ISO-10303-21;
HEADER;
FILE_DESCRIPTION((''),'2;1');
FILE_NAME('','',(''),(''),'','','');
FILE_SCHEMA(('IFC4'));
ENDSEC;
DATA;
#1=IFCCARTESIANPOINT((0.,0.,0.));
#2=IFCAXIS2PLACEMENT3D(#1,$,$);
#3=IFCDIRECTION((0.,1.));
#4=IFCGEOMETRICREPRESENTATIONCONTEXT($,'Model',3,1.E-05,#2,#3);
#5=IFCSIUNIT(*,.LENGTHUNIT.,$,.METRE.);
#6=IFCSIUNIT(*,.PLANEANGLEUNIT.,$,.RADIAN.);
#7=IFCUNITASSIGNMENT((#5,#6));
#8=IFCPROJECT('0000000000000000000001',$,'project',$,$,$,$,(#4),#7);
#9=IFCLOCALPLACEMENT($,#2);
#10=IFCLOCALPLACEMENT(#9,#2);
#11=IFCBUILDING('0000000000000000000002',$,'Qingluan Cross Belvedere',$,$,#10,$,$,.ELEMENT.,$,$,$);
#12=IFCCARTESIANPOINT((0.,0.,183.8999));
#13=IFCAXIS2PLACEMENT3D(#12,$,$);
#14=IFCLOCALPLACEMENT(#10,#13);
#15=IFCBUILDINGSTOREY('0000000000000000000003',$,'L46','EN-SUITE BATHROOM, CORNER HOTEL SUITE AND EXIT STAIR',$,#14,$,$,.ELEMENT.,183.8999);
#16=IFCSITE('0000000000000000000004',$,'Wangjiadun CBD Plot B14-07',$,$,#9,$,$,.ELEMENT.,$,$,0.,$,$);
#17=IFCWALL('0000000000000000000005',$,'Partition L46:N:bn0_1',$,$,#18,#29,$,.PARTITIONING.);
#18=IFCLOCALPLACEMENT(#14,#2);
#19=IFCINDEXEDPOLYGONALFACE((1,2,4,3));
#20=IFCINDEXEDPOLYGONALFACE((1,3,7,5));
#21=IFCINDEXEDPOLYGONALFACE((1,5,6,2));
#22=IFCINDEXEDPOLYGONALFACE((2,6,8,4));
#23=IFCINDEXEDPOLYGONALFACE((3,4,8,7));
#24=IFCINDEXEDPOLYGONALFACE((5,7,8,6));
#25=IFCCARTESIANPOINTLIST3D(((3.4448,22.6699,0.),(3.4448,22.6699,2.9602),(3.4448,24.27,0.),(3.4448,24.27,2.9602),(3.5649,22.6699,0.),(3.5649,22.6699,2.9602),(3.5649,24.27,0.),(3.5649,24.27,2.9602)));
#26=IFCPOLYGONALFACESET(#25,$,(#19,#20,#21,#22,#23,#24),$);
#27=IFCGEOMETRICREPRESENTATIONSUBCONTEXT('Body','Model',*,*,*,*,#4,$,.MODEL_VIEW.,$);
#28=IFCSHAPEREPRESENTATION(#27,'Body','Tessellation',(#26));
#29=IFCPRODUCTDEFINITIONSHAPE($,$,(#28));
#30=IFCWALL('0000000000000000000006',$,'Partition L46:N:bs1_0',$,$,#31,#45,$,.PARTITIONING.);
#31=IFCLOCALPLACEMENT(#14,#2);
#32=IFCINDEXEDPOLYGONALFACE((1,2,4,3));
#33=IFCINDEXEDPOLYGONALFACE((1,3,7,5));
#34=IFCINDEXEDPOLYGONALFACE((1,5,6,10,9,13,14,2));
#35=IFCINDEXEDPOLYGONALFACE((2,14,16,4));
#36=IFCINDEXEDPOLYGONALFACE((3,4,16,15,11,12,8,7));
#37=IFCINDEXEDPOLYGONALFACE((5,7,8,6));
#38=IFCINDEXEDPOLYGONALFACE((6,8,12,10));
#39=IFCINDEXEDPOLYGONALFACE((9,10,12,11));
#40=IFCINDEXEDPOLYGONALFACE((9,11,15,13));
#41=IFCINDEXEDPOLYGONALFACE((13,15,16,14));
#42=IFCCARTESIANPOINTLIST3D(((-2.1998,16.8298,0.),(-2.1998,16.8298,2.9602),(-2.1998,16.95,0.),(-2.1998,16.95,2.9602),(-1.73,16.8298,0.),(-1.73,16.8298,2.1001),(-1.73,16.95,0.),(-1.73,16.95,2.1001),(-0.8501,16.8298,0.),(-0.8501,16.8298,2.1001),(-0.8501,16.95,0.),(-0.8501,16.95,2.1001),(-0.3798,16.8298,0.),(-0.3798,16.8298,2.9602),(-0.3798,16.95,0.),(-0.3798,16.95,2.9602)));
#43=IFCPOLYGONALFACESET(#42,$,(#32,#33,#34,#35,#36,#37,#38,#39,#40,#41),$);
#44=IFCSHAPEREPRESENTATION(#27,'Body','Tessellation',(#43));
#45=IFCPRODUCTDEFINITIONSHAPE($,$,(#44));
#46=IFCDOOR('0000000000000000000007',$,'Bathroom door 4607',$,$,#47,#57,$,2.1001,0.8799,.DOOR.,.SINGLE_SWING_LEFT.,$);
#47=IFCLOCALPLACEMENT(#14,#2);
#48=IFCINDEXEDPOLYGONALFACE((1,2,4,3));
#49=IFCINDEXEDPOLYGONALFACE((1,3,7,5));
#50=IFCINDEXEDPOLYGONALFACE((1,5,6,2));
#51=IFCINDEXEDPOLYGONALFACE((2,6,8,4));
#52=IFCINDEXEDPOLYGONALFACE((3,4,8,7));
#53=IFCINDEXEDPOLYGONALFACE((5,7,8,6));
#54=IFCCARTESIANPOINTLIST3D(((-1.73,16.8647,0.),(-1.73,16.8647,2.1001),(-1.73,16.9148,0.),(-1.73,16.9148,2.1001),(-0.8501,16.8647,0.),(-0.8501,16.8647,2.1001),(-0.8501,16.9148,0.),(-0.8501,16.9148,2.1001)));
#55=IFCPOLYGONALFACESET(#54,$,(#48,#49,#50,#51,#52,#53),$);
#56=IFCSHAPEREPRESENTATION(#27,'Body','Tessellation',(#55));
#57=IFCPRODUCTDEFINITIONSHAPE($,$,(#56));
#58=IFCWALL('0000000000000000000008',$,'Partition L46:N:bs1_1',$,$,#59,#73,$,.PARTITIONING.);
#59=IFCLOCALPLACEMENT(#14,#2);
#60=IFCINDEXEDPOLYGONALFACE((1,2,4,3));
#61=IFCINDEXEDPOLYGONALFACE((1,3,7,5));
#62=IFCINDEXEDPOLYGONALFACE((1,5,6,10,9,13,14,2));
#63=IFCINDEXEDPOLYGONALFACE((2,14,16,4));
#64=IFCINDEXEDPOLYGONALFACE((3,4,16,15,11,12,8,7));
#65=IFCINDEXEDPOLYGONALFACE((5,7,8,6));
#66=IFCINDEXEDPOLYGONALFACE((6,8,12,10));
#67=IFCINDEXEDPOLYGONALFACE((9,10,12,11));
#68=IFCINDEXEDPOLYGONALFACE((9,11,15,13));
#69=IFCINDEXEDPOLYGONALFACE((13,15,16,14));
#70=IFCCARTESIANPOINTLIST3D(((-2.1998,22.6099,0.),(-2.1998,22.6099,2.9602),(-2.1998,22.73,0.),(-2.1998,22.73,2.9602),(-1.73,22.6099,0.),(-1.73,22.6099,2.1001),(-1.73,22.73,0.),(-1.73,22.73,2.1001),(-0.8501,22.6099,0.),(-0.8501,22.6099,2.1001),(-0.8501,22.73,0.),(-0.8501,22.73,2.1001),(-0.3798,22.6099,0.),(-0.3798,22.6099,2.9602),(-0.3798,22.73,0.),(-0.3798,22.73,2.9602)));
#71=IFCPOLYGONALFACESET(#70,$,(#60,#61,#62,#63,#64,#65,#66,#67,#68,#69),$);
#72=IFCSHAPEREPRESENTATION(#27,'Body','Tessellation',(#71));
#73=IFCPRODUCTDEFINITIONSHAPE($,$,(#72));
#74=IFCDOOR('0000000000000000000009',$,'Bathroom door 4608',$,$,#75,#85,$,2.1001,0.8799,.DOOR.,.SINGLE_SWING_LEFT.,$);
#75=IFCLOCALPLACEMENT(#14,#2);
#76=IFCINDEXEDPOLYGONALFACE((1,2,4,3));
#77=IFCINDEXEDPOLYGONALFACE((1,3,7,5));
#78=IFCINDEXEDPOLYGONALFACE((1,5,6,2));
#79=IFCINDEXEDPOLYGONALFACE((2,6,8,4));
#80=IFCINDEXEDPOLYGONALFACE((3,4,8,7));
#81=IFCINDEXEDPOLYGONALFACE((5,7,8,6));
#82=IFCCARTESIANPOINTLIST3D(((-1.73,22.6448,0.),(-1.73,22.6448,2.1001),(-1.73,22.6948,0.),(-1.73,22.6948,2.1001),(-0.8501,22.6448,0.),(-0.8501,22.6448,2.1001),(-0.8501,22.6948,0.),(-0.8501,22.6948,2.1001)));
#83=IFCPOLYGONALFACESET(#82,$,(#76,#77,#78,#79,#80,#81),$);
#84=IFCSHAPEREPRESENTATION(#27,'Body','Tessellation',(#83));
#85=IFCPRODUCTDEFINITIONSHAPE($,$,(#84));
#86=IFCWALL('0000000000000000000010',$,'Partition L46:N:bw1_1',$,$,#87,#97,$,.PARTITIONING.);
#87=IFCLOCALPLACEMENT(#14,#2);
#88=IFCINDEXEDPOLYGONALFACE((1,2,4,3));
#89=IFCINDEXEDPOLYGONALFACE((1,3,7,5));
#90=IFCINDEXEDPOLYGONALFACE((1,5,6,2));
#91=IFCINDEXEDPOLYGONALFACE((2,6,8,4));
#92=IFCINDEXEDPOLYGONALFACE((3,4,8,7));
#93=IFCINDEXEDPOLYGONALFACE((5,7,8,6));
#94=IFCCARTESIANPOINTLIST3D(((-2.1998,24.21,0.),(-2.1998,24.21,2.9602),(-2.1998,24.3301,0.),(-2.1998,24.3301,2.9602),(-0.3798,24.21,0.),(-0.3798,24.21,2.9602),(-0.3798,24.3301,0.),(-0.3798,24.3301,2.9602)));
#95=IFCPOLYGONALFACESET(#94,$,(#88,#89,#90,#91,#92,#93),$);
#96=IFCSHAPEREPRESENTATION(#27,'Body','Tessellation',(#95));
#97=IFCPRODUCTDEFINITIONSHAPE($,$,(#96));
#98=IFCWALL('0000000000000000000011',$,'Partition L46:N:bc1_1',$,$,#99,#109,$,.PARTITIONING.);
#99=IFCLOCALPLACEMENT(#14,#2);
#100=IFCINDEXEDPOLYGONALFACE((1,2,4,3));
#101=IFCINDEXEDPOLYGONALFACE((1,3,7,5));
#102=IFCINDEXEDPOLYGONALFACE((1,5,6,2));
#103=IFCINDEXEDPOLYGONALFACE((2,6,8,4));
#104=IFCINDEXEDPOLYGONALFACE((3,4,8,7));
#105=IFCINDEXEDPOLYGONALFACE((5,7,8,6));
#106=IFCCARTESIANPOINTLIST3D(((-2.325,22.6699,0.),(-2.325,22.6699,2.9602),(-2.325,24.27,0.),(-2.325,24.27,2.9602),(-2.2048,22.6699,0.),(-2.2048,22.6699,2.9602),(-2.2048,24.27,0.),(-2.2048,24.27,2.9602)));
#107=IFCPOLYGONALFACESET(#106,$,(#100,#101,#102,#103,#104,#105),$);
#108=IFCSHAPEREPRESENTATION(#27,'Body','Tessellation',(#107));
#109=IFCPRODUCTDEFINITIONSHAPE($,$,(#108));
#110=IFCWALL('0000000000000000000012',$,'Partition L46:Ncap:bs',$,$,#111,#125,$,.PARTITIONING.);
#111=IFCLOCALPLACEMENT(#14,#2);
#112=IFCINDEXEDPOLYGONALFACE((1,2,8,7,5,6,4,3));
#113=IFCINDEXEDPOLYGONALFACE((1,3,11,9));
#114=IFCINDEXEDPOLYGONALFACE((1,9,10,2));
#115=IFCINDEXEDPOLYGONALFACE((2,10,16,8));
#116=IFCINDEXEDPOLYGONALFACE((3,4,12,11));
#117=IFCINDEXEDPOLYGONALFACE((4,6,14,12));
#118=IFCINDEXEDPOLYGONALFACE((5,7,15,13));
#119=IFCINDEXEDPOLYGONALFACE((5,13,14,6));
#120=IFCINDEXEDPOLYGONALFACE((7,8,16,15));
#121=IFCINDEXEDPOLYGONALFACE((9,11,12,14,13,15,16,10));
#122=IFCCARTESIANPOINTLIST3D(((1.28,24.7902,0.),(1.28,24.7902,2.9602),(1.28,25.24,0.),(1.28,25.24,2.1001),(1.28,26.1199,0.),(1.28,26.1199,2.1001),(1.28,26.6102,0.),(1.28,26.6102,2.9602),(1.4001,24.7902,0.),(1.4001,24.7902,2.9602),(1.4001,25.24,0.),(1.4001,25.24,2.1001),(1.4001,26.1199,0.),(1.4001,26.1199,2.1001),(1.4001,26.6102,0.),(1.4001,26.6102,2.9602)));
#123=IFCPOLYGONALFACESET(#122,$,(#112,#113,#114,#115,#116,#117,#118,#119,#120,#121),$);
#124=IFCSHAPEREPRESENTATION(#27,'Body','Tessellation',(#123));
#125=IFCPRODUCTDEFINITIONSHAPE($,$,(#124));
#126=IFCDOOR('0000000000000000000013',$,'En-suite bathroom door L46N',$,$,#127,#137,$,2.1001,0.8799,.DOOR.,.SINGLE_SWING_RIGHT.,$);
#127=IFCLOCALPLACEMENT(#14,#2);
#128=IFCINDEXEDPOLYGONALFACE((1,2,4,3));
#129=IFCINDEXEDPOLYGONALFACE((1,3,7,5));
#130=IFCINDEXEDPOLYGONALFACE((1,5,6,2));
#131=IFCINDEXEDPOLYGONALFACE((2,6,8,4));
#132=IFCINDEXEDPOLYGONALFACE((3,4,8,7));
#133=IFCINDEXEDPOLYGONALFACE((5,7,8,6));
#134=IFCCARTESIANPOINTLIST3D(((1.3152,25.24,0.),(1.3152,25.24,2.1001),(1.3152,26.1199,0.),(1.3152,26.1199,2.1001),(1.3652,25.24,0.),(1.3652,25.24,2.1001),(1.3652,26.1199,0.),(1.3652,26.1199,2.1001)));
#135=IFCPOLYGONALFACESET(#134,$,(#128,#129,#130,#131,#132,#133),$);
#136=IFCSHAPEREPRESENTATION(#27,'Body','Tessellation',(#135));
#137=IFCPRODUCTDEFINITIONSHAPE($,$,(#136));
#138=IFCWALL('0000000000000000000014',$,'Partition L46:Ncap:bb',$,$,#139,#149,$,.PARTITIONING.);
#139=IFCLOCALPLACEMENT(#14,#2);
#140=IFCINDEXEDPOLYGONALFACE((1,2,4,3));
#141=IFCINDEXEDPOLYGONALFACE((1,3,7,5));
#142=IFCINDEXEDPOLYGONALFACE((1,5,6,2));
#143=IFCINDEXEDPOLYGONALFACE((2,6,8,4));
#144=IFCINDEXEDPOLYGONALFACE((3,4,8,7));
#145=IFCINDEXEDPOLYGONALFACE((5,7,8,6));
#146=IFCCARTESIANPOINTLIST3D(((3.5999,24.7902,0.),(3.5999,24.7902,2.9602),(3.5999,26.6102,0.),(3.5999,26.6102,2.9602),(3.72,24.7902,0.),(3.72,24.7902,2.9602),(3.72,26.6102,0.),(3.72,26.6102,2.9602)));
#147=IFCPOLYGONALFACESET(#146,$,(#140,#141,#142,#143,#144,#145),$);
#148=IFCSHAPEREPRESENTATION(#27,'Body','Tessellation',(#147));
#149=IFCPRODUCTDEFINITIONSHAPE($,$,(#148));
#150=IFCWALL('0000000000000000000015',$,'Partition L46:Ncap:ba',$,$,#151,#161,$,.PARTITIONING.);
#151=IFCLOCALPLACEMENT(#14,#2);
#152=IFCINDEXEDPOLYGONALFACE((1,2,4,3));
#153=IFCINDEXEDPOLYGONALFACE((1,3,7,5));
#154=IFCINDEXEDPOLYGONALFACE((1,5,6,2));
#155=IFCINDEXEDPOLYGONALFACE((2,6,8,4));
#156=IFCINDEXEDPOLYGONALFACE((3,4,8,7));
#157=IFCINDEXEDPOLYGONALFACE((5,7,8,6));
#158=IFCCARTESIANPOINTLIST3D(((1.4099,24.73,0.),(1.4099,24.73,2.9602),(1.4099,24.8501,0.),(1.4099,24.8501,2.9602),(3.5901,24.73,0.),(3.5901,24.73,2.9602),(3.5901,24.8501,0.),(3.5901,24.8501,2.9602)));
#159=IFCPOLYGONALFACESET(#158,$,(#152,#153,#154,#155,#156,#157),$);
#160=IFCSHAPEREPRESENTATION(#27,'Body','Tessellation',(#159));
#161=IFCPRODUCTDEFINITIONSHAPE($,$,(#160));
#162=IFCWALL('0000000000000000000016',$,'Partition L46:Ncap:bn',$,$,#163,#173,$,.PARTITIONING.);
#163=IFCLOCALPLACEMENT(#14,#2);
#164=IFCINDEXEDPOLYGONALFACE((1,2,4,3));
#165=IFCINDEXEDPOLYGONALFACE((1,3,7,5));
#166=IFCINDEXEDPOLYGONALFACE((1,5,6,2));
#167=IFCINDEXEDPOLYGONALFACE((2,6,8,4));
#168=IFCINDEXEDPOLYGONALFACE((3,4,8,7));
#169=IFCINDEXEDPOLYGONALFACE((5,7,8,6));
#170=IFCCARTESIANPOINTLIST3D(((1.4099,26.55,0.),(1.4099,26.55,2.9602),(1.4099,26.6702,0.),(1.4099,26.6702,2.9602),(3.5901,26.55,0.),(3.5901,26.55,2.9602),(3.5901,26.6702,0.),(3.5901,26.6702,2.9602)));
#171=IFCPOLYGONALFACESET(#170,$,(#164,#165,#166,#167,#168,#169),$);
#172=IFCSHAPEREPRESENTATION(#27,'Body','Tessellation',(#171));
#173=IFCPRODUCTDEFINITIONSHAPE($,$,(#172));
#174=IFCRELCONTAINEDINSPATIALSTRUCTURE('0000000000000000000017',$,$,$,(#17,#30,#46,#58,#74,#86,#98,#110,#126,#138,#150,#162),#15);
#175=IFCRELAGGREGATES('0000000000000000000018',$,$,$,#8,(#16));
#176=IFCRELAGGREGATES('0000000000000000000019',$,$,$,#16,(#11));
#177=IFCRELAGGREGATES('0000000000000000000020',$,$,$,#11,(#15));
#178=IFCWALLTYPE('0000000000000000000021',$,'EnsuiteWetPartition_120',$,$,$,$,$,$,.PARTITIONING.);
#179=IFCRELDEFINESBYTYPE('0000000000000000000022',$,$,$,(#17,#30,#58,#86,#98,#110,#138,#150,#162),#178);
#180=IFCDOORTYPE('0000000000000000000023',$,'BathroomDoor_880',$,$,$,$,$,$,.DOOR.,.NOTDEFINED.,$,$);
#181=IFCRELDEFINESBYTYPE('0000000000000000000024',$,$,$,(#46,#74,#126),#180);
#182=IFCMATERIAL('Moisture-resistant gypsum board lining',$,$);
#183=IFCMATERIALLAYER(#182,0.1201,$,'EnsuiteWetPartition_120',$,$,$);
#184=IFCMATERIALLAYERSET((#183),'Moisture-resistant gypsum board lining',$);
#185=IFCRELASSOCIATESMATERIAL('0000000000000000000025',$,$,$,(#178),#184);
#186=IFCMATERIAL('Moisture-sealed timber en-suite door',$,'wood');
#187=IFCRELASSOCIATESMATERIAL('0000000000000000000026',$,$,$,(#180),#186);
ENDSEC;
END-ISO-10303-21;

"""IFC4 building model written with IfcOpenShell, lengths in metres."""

from ifc_helpers import new_model, si_unit, direction, frame, frame_2d, origin, place, context, subcontext, project, spatial, rectangle, extrude, material, layer, layer_set, type_object, element, fill, save


model = new_model("IFC4")

# Units and contexts
model_context = context("Model", 3, precision=1e-05, world=origin(), true_north=direction((0.0, 1.0)))
body_context = subcontext(model_context, "Body", "Model", "MODEL_VIEW")
ifc_project = project(units=[si_unit("LENGTHUNIT", "METRE"), si_unit("PLANEANGLEUNIT", "RADIAN")], contexts=[model_context])

# Site, building, storey
site_placement = place(None, origin())
site = spatial("IfcSite", under=ifc_project, at=site_placement, Name="Wangjiadun CBD Plot B14-07", CompositionType="ELEMENT", RefElevation=0.0)
building_placement = place(site_placement, origin())
building = spatial("IfcBuilding", under=site, at=building_placement, Name="Qingluan Cross Belvedere", CompositionType="ELEMENT")
storey_placement = place(building_placement, frame((0.0, 0.0, 183.8999)))
storey = spatial("IfcBuildingStorey", under=building, at=storey_placement, Name="L46", Description="EN-SUITE BATHROOM, CORNER HOTEL SUITE AND EXIT STAIR", CompositionType="ELEMENT", Elevation=183.8999)

# Shared definitions
ifc_material_1 = material(Name="Moisture-resistant gypsum board lining")
ifc_layer_1 = layer(ifc_material_1, 0.1201, Name="EnsuiteWetPartition_120")
ifc_layer_set_1 = layer_set([ifc_layer_1], Name="Moisture-resistant gypsum board lining")
wall_type_1 = type_object("IfcWallType", Name="EnsuiteWetPartition_120", PredefinedType="PARTITIONING", material=ifc_layer_set_1)
ifc_material_2 = material(Name="Moisture-sealed timber en-suite door", Category="wood")
door_type = type_object("IfcDoorType", Name="BathroomDoor_880", OperationType="NOTDEFINED", PredefinedType="DOOR", material=ifc_material_2)

# Wall
wall_1_placement = place(storey_placement, frame((3.5049, 22.6699, 0.0), z_axis=(0.0, 0.0, 1.0), x_axis=(0.0, 1.0, 0.0)))
element("IfcWall", 1, at=wall_1_placement, inside=storey, type_object=wall_type_1, Name="Partition L46:N:bn0_1", PredefinedType="PARTITIONING", context=body_context, shape_type="SweptSolid", body=[
    extrude(rectangle(XDim=1.6001, YDim=0.1201, at=frame_2d((0.8, 0.0))), origin(), (0.0, 0.0, 1.0), 2.9602),
])

# Walls, openings, doors
wall_2_placement = place(storey_placement, frame((-2.2, 16.8899, 0.0), z_axis=(0.0, 0.0, 1.0), x_axis=(1.0, 0.0, 0.0)))
wall_2 = element("IfcWall", 2, at=wall_2_placement, inside=storey, type_object=wall_type_1, Name="Partition L46:N:bs1_0", PredefinedType="PARTITIONING", context=body_context, shape_type="SweptSolid", body=[
    extrude(rectangle(XDim=1.8201, YDim=0.1201, at=frame_2d((0.9102, 0.0))), origin(), (0.0, 0.0, 1.0), 2.9602),
])
opening_1_placement = place(wall_2_placement, frame((0.47, 0.0, 0.0)))
opening_1 = element("IfcOpeningElement", 3, at=opening_1_placement, cuts=wall_2, PredefinedType="OPENING", context=body_context, shape_type="SweptSolid", body=[
    extrude(rectangle(XDim=0.8799, YDim=2.1001, at=frame_2d((0.4399, 1.05))), frame((0.0, 0.0701, 0.0), z_axis=(0.0, -1.0, 0.0), x_axis=(1.0, 0.0, 0.0)), (0.0, 0.0, 1.0), 0.1401),
])
door_1_placement = place(opening_1_placement, origin())
door_1 = element("IfcDoor", 4, at=door_1_placement, inside=storey, type_object=door_type, Name="Bathroom door 4607", OperationType="SINGLE_SWING_LEFT", OverallHeight=2.1001, OverallWidth=0.8799, PredefinedType="DOOR", context=body_context, shape_type="SweptSolid", body=[
    extrude(rectangle(XDim=0.8799, YDim=2.1001, at=frame_2d((0.4399, 1.05))), frame((0.0, 0.0249, 0.0), z_axis=(0.0, -1.0, 0.0), x_axis=(1.0, 0.0, 0.0)), (0.0, 0.0, 1.0), 0.05),
])
fill(opening_1, door_1)
wall_3_placement = place(storey_placement, frame((-2.2, 22.6699, 0.0), z_axis=(0.0, 0.0, 1.0), x_axis=(1.0, 0.0, 0.0)))
wall_3 = element("IfcWall", 5, at=wall_3_placement, inside=storey, type_object=wall_type_1, Name="Partition L46:N:bs1_1", PredefinedType="PARTITIONING", context=body_context, shape_type="SweptSolid", body=[
    extrude(rectangle(XDim=1.8201, YDim=0.1201, at=frame_2d((0.9102, 0.0))), origin(), (0.0, 0.0, 1.0), 2.9602),
])
opening_2_placement = place(wall_3_placement, frame((0.47, 0.0, 0.0)))
opening_2 = element("IfcOpeningElement", 6, at=opening_2_placement, cuts=wall_3, PredefinedType="OPENING", context=body_context, shape_type="SweptSolid", body=[
    extrude(rectangle(XDim=0.8799, YDim=2.1001, at=frame_2d((0.4399, 1.05))), frame((0.0, 0.0701, 0.0), z_axis=(0.0, -1.0, 0.0), x_axis=(1.0, 0.0, 0.0)), (0.0, 0.0, 1.0), 0.1401),
])
door_2_placement = place(opening_2_placement, origin())
door_2 = element("IfcDoor", 7, at=door_2_placement, inside=storey, type_object=door_type, Name="Bathroom door 4608", OperationType="SINGLE_SWING_LEFT", OverallHeight=2.1001, OverallWidth=0.8799, PredefinedType="DOOR", context=body_context, shape_type="SweptSolid", body=[
    extrude(rectangle(XDim=0.8799, YDim=2.1001, at=frame_2d((0.4399, 1.05))), frame((0.0, 0.0249, 0.0), z_axis=(0.0, -1.0, 0.0), x_axis=(1.0, 0.0, 0.0)), (0.0, 0.0, 1.0), 0.05),
])
fill(opening_2, door_2)

# Walls
wall_4_placement = place(storey_placement, frame((-2.2, 24.27, 0.0), z_axis=(0.0, 0.0, 1.0), x_axis=(1.0, 0.0, 0.0)))
element("IfcWall", 8, at=wall_4_placement, inside=storey, type_object=wall_type_1, Name="Partition L46:N:bw1_1", PredefinedType="PARTITIONING", context=body_context, shape_type="SweptSolid", body=[
    extrude(rectangle(XDim=1.8201, YDim=0.1201, at=frame_2d((0.9102, 0.0))), origin(), (0.0, 0.0, 1.0), 2.9602),
])
wall_5_placement = place(storey_placement, frame((-2.2649, 22.6699, 0.0), z_axis=(0.0, 0.0, 1.0), x_axis=(0.0, 1.0, 0.0)))
element("IfcWall", 9, at=wall_5_placement, inside=storey, type_object=wall_type_1, Name="Partition L46:N:bc1_1", PredefinedType="PARTITIONING", context=body_context, shape_type="SweptSolid", body=[
    extrude(rectangle(XDim=1.6001, YDim=0.1201, at=frame_2d((0.8, 0.0))), origin(), (0.0, 0.0, 1.0), 2.9602),
])

# Wall, opening, door
wall_6_placement = place(storey_placement, frame((1.3401, 24.79, 0.0), z_axis=(0.0, 0.0, 1.0), x_axis=(0.0, 1.0, 0.0)))
wall_6 = element("IfcWall", 10, at=wall_6_placement, inside=storey, type_object=wall_type_1, Name="Partition L46:Ncap:bs", PredefinedType="PARTITIONING", context=body_context, shape_type="SweptSolid", body=[
    extrude(rectangle(XDim=1.8201, YDim=0.1201, at=frame_2d((0.9102, 0.0))), origin(), (0.0, 0.0, 1.0), 2.9602),
])
opening_3_placement = place(wall_6_placement, frame((0.45, 0.0, 0.0)))
opening_3 = element("IfcOpeningElement", 11, at=opening_3_placement, cuts=wall_6, PredefinedType="OPENING", context=body_context, shape_type="SweptSolid", body=[
    extrude(rectangle(XDim=0.8799, YDim=2.1001, at=frame_2d((0.4399, 1.05))), frame((0.0, 0.0701, 0.0), z_axis=(0.0, -1.0, 0.0), x_axis=(1.0, 0.0, 0.0)), (0.0, 0.0, 1.0), 0.1401),
])
door_3_placement = place(opening_3_placement, origin())
door_3 = element("IfcDoor", 12, at=door_3_placement, inside=storey, type_object=door_type, Name="En-suite bathroom door L46N", OperationType="SINGLE_SWING_RIGHT", OverallHeight=2.1001, OverallWidth=0.8799, PredefinedType="DOOR", context=body_context, shape_type="SweptSolid", body=[
    extrude(rectangle(XDim=0.8799, YDim=2.1001, at=frame_2d((0.4399, 1.05))), frame((0.0, 0.0249, 0.0), z_axis=(0.0, -1.0, 0.0), x_axis=(1.0, 0.0, 0.0)), (0.0, 0.0, 1.0), 0.05),
])
fill(opening_3, door_3)

# Walls
wall_7_placement = place(storey_placement, frame((3.6599, 24.79, 0.0), z_axis=(0.0, 0.0, 1.0), x_axis=(0.0, 1.0, 0.0)))
element("IfcWall", 13, at=wall_7_placement, inside=storey, type_object=wall_type_1, Name="Partition L46:Ncap:bb", PredefinedType="PARTITIONING", context=body_context, shape_type="SweptSolid", body=[
    extrude(rectangle(XDim=1.8201, YDim=0.1201, at=frame_2d((0.9102, 0.0))), origin(), (0.0, 0.0, 1.0), 2.9602),
])
for number, where, z_axis, x_axis, name in (
    (14, (1.4099, 24.79, 0.0), (0.0, 0.0, 1.0), (1.0, 0.0, 0.0), "Partition L46:Ncap:ba"),
    (15, (1.4099, 26.6101, 0.0), (0.0, 0.0, 1.0), (1.0, 0.0, 0.0), "Partition L46:Ncap:bn"),
):
    element("IfcWall", number, at=place(storey_placement, frame(where, z_axis=z_axis, x_axis=x_axis)), inside=storey, type_object=wall_type_1, Name=name, PredefinedType="PARTITIONING", context=body_context, shape_type="SweptSolid", body=[
        extrude(rectangle(XDim=2.1802, YDim=0.1201, at=frame_2d((1.0901, 0.0))), origin(), (0.0, 0.0, 1.0), 2.9602),
    ])

save(model, "model.ifc")
